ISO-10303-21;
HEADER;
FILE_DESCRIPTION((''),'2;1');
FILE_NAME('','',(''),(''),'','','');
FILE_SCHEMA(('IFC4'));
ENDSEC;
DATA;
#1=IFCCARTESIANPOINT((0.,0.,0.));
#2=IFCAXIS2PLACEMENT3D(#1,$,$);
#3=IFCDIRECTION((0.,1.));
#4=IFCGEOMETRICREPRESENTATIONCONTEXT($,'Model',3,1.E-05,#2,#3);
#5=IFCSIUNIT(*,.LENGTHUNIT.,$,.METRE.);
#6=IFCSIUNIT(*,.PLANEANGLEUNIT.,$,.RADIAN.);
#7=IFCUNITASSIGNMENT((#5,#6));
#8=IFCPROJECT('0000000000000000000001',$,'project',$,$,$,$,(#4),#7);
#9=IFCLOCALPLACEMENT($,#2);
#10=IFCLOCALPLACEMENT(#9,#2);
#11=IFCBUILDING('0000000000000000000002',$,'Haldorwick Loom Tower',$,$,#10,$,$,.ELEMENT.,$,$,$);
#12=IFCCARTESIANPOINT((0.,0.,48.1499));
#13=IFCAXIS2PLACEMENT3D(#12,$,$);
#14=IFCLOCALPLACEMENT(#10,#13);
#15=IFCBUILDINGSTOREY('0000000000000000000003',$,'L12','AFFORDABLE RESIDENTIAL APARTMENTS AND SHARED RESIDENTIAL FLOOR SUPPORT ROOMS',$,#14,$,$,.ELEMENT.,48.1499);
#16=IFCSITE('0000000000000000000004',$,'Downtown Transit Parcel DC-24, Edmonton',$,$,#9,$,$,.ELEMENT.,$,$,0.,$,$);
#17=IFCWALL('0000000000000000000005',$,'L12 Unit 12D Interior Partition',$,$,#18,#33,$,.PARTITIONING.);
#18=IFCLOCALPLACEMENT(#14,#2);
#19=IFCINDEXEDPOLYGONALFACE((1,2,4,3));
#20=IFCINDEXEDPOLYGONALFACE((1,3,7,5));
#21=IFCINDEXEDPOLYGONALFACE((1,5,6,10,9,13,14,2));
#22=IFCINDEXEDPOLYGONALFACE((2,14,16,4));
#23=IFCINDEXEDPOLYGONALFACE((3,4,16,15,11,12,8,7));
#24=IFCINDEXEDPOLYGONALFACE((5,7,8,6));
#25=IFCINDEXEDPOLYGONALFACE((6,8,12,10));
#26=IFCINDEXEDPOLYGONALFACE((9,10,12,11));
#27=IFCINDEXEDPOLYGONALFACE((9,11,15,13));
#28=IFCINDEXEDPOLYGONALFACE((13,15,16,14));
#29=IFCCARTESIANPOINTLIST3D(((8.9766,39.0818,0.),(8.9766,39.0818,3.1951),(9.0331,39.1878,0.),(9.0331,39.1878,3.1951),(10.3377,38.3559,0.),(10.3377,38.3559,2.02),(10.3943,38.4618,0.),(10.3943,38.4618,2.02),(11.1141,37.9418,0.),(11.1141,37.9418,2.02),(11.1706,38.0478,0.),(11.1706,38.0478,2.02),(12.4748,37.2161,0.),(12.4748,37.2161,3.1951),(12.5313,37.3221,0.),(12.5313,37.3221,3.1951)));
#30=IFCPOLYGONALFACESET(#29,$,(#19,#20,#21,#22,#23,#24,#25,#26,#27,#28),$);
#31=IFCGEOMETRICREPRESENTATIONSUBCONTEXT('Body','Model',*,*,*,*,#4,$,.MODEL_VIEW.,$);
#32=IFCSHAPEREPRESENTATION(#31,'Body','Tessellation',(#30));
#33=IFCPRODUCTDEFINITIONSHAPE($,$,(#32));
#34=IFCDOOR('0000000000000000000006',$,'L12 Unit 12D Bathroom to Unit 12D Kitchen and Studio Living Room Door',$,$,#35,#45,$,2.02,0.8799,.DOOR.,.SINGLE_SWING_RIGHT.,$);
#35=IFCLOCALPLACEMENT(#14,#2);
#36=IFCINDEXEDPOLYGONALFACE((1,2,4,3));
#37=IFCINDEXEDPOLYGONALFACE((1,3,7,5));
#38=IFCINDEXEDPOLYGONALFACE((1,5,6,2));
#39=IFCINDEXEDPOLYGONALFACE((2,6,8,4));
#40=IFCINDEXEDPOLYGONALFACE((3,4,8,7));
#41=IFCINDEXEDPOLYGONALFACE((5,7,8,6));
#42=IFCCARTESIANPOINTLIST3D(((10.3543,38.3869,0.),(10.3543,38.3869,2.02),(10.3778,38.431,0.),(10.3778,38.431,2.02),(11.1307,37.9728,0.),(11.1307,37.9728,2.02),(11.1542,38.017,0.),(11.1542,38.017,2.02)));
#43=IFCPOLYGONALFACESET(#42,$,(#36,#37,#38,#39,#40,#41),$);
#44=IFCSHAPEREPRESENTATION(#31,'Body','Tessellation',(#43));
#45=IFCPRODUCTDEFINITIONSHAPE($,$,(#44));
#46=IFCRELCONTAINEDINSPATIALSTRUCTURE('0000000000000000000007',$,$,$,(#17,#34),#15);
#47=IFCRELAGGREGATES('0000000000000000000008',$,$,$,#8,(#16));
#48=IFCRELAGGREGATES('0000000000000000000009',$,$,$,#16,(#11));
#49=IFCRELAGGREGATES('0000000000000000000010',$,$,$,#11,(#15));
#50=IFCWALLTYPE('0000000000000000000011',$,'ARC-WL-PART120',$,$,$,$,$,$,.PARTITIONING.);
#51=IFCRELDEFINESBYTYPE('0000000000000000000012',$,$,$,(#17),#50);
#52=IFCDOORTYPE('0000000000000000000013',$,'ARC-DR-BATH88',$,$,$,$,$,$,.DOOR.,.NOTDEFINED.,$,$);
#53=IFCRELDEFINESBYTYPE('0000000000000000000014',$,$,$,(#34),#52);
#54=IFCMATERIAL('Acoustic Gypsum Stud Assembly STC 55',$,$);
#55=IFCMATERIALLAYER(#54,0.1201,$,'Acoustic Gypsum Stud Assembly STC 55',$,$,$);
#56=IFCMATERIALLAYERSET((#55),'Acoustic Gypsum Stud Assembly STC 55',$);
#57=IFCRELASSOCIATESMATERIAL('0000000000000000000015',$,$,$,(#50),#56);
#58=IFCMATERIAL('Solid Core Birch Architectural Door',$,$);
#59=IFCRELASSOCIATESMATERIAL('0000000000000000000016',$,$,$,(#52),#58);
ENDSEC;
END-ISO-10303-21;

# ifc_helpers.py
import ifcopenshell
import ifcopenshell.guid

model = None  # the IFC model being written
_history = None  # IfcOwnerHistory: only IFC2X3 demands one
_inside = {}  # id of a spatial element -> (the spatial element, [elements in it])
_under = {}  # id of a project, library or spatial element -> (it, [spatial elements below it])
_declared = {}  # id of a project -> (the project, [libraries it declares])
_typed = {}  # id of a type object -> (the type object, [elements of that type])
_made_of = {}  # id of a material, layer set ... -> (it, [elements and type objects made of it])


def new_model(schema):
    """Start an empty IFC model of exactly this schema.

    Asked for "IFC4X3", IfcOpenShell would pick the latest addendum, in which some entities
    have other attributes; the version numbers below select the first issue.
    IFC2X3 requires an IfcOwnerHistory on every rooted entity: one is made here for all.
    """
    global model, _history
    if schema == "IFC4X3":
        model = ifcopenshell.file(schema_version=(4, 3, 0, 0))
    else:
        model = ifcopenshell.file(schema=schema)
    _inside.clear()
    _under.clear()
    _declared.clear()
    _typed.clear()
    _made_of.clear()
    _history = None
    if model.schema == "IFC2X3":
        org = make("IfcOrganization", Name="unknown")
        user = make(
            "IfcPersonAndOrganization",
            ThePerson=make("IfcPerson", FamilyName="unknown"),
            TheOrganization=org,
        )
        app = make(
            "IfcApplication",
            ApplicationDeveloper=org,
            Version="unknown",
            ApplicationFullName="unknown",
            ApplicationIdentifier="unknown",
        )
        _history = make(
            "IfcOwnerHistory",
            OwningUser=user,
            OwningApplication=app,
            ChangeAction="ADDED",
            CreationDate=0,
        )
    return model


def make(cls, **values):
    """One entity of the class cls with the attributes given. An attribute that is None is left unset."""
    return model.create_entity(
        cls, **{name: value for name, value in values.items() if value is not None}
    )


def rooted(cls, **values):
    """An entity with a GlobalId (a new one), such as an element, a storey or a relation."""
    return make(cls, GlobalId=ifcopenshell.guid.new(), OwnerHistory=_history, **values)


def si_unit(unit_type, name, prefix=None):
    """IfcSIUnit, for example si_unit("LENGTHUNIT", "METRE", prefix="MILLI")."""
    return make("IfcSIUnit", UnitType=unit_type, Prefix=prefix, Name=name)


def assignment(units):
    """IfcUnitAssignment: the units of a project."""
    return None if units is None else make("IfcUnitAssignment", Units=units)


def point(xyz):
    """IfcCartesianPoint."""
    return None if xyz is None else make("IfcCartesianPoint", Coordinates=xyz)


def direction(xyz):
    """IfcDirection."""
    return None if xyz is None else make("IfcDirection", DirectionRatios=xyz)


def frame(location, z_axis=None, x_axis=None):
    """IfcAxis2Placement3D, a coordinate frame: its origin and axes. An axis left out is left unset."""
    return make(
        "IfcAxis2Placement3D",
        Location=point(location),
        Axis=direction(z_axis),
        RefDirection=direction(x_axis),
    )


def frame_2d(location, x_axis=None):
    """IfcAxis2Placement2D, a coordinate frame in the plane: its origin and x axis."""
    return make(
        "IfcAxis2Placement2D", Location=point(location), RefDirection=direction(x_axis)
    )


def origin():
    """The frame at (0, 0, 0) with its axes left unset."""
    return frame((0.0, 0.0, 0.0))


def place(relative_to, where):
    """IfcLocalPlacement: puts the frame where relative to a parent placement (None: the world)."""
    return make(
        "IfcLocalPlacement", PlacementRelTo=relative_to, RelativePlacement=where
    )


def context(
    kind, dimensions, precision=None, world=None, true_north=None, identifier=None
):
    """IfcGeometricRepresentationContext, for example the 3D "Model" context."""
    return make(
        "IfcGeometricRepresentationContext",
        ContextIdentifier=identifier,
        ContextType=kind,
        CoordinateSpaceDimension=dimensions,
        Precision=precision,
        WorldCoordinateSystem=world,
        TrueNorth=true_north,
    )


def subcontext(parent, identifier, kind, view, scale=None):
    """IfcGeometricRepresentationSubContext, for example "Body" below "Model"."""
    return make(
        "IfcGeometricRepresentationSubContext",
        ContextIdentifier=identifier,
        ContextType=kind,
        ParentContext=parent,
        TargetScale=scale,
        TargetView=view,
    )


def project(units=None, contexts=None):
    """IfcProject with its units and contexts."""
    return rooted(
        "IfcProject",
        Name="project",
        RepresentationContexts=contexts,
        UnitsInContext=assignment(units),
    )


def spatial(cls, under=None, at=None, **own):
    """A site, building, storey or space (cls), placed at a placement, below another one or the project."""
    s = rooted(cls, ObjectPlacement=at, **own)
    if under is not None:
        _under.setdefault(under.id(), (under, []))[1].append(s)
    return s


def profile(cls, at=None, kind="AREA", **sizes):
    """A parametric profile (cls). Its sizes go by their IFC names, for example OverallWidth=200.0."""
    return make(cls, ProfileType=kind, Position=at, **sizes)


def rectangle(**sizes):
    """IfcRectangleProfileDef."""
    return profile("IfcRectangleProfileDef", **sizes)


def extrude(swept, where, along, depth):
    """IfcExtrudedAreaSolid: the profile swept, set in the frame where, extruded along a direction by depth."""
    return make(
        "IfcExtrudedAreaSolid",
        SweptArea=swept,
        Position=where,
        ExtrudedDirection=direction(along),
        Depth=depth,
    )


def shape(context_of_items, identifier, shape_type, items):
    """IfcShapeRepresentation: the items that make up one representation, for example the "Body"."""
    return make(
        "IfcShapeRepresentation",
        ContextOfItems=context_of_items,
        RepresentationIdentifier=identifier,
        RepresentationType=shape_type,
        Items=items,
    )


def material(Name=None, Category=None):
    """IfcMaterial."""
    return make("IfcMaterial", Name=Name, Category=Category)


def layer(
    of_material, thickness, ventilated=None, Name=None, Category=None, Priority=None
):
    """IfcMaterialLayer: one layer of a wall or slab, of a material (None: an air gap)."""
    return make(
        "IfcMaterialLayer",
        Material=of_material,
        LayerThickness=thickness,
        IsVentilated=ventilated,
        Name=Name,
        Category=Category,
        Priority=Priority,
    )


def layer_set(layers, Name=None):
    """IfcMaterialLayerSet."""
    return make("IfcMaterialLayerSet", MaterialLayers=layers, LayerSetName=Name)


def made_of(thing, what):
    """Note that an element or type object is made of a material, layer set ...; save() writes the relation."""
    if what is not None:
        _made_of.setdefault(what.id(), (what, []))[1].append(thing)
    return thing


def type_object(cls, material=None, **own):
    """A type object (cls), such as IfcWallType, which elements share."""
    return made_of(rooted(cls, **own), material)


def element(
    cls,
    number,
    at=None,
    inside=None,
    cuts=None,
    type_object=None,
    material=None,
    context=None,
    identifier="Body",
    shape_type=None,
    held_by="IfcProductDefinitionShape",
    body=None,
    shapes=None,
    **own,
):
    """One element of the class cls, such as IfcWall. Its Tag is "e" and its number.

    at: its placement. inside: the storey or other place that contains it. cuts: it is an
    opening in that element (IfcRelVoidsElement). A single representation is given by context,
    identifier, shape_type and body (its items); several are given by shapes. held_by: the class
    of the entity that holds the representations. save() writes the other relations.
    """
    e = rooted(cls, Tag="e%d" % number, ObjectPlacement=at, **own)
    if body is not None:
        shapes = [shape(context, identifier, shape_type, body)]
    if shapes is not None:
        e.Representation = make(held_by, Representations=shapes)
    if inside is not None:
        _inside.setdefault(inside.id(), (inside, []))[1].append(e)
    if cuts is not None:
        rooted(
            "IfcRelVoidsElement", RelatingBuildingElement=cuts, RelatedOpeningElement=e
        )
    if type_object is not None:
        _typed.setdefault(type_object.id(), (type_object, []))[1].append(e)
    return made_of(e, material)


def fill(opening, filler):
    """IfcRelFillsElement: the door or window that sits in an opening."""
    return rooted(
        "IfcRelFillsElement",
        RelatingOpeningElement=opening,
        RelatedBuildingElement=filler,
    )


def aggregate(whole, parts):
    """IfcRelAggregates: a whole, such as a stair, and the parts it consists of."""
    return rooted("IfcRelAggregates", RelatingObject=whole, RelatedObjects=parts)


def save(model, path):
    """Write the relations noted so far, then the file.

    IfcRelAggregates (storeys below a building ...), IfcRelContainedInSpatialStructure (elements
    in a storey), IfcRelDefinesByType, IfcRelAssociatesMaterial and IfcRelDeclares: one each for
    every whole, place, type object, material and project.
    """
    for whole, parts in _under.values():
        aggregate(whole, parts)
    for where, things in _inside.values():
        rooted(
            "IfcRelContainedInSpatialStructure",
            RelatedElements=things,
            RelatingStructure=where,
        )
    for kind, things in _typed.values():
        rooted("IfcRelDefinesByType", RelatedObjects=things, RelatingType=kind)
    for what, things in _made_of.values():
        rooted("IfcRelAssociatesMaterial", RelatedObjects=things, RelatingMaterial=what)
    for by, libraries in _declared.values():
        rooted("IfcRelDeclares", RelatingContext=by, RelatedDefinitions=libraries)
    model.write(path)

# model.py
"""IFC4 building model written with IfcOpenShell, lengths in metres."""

from ifc_helpers import new_model, si_unit, direction, frame, frame_2d, origin, place, context, subcontext, project, spatial, rectangle, extrude, material, layer, layer_set, type_object, element, fill, save


model = new_model("IFC4")

# Units and contexts
model_context = context("Model", 3, precision=1e-05, world=origin(), true_north=direction((0.0, 1.0)))
body_context = subcontext(model_context, "Body", "Model", "MODEL_VIEW")
ifc_project = project(units=[si_unit("LENGTHUNIT", "METRE"), si_unit("PLANEANGLEUNIT", "RADIAN")], contexts=[model_context])

# Site, building, storey
site_placement = place(None, origin())
site = spatial("IfcSite", under=ifc_project, at=site_placement, Name="Downtown Transit Parcel DC-24, Edmonton", CompositionType="ELEMENT", RefElevation=0.0)
building_placement = place(site_placement, origin())
building = spatial("IfcBuilding", under=site, at=building_placement, Name="Haldorwick Loom Tower", CompositionType="ELEMENT")
storey_placement = place(building_placement, frame((0.0, 0.0, 48.1499)))
storey = spatial("IfcBuildingStorey", under=building, at=storey_placement, Name="L12", Description="AFFORDABLE RESIDENTIAL APARTMENTS AND SHARED RESIDENTIAL FLOOR SUPPORT ROOMS", CompositionType="ELEMENT", Elevation=48.1499)

# Shared definitions
ifc_material_1 = material(Name="Acoustic Gypsum Stud Assembly STC 55")
ifc_layer_1 = layer(ifc_material_1, 0.1201, Name="Acoustic Gypsum Stud Assembly STC 55")
ifc_layer_set_1 = layer_set([ifc_layer_1], Name="Acoustic Gypsum Stud Assembly STC 55")
wall_type_1 = type_object("IfcWallType", Name="ARC-WL-PART120", PredefinedType="PARTITIONING", material=ifc_layer_set_1)

# Wall, opening, door
wall_1_placement = place(storey_placement, frame((12.5032, 37.269, 0.0), z_axis=(0.0, 0.0, 1.0), x_axis=(-0.882356, 0.470582, 0.0)))
wall_1 = element("IfcWall", 1, at=wall_1_placement, inside=storey, type_object=wall_type_1, Name="L12 Unit 12D Interior Partition", PredefinedType="PARTITIONING", context=body_context, shape_type="SweptSolid", body=[
    extrude(rectangle(XDim=3.9646, YDim=0.1201, at=frame_2d((1.9824, 0.0))), origin(), (0.0, 0.0, 1.0), 3.1951),
])
opening_1_placement = place(wall_1_placement, frame((1.5422, 0.0, 0.0)))
opening_1 = element("IfcOpeningElement", 2, at=opening_1_placement, cuts=wall_1, PredefinedType="OPENING", context=body_context, shape_type="SweptSolid", body=[
    extrude(rectangle(XDim=0.8799, YDim=2.02, at=frame_2d((0.4399, 1.01))), frame((0.0, 0.0701, 0.0), z_axis=(0.0, -1.0, 0.0), x_axis=(1.0, 0.0, 0.0)), (0.0, 0.0, 1.0), 0.1401),
])
ifc_material_2 = material(Name="Solid Core Birch Architectural Door")
door_type_1 = type_object("IfcDoorType", Name="ARC-DR-BATH88", OperationType="NOTDEFINED", PredefinedType="DOOR", material=ifc_material_2)
door_1_placement = place(opening_1_placement, origin())
door_1 = element("IfcDoor", 3, at=door_1_placement, inside=storey, type_object=door_type_1, Name="L12 Unit 12D Bathroom to Unit 12D Kitchen and Studio Living Room Door", OperationType="SINGLE_SWING_RIGHT", OverallHeight=2.02, OverallWidth=0.8799, PredefinedType="DOOR", context=body_context, shape_type="SweptSolid", body=[
    extrude(rectangle(XDim=0.8799, YDim=2.02, at=frame_2d((0.4399, 1.01))), frame((0.0, 0.0249, 0.0), z_axis=(0.0, -1.0, 0.0), x_axis=(1.0, 0.0, 0.0)), (0.0, 0.0, 1.0), 0.05),
])
fill(opening_1, door_1)

save(model, "model.ifc")
